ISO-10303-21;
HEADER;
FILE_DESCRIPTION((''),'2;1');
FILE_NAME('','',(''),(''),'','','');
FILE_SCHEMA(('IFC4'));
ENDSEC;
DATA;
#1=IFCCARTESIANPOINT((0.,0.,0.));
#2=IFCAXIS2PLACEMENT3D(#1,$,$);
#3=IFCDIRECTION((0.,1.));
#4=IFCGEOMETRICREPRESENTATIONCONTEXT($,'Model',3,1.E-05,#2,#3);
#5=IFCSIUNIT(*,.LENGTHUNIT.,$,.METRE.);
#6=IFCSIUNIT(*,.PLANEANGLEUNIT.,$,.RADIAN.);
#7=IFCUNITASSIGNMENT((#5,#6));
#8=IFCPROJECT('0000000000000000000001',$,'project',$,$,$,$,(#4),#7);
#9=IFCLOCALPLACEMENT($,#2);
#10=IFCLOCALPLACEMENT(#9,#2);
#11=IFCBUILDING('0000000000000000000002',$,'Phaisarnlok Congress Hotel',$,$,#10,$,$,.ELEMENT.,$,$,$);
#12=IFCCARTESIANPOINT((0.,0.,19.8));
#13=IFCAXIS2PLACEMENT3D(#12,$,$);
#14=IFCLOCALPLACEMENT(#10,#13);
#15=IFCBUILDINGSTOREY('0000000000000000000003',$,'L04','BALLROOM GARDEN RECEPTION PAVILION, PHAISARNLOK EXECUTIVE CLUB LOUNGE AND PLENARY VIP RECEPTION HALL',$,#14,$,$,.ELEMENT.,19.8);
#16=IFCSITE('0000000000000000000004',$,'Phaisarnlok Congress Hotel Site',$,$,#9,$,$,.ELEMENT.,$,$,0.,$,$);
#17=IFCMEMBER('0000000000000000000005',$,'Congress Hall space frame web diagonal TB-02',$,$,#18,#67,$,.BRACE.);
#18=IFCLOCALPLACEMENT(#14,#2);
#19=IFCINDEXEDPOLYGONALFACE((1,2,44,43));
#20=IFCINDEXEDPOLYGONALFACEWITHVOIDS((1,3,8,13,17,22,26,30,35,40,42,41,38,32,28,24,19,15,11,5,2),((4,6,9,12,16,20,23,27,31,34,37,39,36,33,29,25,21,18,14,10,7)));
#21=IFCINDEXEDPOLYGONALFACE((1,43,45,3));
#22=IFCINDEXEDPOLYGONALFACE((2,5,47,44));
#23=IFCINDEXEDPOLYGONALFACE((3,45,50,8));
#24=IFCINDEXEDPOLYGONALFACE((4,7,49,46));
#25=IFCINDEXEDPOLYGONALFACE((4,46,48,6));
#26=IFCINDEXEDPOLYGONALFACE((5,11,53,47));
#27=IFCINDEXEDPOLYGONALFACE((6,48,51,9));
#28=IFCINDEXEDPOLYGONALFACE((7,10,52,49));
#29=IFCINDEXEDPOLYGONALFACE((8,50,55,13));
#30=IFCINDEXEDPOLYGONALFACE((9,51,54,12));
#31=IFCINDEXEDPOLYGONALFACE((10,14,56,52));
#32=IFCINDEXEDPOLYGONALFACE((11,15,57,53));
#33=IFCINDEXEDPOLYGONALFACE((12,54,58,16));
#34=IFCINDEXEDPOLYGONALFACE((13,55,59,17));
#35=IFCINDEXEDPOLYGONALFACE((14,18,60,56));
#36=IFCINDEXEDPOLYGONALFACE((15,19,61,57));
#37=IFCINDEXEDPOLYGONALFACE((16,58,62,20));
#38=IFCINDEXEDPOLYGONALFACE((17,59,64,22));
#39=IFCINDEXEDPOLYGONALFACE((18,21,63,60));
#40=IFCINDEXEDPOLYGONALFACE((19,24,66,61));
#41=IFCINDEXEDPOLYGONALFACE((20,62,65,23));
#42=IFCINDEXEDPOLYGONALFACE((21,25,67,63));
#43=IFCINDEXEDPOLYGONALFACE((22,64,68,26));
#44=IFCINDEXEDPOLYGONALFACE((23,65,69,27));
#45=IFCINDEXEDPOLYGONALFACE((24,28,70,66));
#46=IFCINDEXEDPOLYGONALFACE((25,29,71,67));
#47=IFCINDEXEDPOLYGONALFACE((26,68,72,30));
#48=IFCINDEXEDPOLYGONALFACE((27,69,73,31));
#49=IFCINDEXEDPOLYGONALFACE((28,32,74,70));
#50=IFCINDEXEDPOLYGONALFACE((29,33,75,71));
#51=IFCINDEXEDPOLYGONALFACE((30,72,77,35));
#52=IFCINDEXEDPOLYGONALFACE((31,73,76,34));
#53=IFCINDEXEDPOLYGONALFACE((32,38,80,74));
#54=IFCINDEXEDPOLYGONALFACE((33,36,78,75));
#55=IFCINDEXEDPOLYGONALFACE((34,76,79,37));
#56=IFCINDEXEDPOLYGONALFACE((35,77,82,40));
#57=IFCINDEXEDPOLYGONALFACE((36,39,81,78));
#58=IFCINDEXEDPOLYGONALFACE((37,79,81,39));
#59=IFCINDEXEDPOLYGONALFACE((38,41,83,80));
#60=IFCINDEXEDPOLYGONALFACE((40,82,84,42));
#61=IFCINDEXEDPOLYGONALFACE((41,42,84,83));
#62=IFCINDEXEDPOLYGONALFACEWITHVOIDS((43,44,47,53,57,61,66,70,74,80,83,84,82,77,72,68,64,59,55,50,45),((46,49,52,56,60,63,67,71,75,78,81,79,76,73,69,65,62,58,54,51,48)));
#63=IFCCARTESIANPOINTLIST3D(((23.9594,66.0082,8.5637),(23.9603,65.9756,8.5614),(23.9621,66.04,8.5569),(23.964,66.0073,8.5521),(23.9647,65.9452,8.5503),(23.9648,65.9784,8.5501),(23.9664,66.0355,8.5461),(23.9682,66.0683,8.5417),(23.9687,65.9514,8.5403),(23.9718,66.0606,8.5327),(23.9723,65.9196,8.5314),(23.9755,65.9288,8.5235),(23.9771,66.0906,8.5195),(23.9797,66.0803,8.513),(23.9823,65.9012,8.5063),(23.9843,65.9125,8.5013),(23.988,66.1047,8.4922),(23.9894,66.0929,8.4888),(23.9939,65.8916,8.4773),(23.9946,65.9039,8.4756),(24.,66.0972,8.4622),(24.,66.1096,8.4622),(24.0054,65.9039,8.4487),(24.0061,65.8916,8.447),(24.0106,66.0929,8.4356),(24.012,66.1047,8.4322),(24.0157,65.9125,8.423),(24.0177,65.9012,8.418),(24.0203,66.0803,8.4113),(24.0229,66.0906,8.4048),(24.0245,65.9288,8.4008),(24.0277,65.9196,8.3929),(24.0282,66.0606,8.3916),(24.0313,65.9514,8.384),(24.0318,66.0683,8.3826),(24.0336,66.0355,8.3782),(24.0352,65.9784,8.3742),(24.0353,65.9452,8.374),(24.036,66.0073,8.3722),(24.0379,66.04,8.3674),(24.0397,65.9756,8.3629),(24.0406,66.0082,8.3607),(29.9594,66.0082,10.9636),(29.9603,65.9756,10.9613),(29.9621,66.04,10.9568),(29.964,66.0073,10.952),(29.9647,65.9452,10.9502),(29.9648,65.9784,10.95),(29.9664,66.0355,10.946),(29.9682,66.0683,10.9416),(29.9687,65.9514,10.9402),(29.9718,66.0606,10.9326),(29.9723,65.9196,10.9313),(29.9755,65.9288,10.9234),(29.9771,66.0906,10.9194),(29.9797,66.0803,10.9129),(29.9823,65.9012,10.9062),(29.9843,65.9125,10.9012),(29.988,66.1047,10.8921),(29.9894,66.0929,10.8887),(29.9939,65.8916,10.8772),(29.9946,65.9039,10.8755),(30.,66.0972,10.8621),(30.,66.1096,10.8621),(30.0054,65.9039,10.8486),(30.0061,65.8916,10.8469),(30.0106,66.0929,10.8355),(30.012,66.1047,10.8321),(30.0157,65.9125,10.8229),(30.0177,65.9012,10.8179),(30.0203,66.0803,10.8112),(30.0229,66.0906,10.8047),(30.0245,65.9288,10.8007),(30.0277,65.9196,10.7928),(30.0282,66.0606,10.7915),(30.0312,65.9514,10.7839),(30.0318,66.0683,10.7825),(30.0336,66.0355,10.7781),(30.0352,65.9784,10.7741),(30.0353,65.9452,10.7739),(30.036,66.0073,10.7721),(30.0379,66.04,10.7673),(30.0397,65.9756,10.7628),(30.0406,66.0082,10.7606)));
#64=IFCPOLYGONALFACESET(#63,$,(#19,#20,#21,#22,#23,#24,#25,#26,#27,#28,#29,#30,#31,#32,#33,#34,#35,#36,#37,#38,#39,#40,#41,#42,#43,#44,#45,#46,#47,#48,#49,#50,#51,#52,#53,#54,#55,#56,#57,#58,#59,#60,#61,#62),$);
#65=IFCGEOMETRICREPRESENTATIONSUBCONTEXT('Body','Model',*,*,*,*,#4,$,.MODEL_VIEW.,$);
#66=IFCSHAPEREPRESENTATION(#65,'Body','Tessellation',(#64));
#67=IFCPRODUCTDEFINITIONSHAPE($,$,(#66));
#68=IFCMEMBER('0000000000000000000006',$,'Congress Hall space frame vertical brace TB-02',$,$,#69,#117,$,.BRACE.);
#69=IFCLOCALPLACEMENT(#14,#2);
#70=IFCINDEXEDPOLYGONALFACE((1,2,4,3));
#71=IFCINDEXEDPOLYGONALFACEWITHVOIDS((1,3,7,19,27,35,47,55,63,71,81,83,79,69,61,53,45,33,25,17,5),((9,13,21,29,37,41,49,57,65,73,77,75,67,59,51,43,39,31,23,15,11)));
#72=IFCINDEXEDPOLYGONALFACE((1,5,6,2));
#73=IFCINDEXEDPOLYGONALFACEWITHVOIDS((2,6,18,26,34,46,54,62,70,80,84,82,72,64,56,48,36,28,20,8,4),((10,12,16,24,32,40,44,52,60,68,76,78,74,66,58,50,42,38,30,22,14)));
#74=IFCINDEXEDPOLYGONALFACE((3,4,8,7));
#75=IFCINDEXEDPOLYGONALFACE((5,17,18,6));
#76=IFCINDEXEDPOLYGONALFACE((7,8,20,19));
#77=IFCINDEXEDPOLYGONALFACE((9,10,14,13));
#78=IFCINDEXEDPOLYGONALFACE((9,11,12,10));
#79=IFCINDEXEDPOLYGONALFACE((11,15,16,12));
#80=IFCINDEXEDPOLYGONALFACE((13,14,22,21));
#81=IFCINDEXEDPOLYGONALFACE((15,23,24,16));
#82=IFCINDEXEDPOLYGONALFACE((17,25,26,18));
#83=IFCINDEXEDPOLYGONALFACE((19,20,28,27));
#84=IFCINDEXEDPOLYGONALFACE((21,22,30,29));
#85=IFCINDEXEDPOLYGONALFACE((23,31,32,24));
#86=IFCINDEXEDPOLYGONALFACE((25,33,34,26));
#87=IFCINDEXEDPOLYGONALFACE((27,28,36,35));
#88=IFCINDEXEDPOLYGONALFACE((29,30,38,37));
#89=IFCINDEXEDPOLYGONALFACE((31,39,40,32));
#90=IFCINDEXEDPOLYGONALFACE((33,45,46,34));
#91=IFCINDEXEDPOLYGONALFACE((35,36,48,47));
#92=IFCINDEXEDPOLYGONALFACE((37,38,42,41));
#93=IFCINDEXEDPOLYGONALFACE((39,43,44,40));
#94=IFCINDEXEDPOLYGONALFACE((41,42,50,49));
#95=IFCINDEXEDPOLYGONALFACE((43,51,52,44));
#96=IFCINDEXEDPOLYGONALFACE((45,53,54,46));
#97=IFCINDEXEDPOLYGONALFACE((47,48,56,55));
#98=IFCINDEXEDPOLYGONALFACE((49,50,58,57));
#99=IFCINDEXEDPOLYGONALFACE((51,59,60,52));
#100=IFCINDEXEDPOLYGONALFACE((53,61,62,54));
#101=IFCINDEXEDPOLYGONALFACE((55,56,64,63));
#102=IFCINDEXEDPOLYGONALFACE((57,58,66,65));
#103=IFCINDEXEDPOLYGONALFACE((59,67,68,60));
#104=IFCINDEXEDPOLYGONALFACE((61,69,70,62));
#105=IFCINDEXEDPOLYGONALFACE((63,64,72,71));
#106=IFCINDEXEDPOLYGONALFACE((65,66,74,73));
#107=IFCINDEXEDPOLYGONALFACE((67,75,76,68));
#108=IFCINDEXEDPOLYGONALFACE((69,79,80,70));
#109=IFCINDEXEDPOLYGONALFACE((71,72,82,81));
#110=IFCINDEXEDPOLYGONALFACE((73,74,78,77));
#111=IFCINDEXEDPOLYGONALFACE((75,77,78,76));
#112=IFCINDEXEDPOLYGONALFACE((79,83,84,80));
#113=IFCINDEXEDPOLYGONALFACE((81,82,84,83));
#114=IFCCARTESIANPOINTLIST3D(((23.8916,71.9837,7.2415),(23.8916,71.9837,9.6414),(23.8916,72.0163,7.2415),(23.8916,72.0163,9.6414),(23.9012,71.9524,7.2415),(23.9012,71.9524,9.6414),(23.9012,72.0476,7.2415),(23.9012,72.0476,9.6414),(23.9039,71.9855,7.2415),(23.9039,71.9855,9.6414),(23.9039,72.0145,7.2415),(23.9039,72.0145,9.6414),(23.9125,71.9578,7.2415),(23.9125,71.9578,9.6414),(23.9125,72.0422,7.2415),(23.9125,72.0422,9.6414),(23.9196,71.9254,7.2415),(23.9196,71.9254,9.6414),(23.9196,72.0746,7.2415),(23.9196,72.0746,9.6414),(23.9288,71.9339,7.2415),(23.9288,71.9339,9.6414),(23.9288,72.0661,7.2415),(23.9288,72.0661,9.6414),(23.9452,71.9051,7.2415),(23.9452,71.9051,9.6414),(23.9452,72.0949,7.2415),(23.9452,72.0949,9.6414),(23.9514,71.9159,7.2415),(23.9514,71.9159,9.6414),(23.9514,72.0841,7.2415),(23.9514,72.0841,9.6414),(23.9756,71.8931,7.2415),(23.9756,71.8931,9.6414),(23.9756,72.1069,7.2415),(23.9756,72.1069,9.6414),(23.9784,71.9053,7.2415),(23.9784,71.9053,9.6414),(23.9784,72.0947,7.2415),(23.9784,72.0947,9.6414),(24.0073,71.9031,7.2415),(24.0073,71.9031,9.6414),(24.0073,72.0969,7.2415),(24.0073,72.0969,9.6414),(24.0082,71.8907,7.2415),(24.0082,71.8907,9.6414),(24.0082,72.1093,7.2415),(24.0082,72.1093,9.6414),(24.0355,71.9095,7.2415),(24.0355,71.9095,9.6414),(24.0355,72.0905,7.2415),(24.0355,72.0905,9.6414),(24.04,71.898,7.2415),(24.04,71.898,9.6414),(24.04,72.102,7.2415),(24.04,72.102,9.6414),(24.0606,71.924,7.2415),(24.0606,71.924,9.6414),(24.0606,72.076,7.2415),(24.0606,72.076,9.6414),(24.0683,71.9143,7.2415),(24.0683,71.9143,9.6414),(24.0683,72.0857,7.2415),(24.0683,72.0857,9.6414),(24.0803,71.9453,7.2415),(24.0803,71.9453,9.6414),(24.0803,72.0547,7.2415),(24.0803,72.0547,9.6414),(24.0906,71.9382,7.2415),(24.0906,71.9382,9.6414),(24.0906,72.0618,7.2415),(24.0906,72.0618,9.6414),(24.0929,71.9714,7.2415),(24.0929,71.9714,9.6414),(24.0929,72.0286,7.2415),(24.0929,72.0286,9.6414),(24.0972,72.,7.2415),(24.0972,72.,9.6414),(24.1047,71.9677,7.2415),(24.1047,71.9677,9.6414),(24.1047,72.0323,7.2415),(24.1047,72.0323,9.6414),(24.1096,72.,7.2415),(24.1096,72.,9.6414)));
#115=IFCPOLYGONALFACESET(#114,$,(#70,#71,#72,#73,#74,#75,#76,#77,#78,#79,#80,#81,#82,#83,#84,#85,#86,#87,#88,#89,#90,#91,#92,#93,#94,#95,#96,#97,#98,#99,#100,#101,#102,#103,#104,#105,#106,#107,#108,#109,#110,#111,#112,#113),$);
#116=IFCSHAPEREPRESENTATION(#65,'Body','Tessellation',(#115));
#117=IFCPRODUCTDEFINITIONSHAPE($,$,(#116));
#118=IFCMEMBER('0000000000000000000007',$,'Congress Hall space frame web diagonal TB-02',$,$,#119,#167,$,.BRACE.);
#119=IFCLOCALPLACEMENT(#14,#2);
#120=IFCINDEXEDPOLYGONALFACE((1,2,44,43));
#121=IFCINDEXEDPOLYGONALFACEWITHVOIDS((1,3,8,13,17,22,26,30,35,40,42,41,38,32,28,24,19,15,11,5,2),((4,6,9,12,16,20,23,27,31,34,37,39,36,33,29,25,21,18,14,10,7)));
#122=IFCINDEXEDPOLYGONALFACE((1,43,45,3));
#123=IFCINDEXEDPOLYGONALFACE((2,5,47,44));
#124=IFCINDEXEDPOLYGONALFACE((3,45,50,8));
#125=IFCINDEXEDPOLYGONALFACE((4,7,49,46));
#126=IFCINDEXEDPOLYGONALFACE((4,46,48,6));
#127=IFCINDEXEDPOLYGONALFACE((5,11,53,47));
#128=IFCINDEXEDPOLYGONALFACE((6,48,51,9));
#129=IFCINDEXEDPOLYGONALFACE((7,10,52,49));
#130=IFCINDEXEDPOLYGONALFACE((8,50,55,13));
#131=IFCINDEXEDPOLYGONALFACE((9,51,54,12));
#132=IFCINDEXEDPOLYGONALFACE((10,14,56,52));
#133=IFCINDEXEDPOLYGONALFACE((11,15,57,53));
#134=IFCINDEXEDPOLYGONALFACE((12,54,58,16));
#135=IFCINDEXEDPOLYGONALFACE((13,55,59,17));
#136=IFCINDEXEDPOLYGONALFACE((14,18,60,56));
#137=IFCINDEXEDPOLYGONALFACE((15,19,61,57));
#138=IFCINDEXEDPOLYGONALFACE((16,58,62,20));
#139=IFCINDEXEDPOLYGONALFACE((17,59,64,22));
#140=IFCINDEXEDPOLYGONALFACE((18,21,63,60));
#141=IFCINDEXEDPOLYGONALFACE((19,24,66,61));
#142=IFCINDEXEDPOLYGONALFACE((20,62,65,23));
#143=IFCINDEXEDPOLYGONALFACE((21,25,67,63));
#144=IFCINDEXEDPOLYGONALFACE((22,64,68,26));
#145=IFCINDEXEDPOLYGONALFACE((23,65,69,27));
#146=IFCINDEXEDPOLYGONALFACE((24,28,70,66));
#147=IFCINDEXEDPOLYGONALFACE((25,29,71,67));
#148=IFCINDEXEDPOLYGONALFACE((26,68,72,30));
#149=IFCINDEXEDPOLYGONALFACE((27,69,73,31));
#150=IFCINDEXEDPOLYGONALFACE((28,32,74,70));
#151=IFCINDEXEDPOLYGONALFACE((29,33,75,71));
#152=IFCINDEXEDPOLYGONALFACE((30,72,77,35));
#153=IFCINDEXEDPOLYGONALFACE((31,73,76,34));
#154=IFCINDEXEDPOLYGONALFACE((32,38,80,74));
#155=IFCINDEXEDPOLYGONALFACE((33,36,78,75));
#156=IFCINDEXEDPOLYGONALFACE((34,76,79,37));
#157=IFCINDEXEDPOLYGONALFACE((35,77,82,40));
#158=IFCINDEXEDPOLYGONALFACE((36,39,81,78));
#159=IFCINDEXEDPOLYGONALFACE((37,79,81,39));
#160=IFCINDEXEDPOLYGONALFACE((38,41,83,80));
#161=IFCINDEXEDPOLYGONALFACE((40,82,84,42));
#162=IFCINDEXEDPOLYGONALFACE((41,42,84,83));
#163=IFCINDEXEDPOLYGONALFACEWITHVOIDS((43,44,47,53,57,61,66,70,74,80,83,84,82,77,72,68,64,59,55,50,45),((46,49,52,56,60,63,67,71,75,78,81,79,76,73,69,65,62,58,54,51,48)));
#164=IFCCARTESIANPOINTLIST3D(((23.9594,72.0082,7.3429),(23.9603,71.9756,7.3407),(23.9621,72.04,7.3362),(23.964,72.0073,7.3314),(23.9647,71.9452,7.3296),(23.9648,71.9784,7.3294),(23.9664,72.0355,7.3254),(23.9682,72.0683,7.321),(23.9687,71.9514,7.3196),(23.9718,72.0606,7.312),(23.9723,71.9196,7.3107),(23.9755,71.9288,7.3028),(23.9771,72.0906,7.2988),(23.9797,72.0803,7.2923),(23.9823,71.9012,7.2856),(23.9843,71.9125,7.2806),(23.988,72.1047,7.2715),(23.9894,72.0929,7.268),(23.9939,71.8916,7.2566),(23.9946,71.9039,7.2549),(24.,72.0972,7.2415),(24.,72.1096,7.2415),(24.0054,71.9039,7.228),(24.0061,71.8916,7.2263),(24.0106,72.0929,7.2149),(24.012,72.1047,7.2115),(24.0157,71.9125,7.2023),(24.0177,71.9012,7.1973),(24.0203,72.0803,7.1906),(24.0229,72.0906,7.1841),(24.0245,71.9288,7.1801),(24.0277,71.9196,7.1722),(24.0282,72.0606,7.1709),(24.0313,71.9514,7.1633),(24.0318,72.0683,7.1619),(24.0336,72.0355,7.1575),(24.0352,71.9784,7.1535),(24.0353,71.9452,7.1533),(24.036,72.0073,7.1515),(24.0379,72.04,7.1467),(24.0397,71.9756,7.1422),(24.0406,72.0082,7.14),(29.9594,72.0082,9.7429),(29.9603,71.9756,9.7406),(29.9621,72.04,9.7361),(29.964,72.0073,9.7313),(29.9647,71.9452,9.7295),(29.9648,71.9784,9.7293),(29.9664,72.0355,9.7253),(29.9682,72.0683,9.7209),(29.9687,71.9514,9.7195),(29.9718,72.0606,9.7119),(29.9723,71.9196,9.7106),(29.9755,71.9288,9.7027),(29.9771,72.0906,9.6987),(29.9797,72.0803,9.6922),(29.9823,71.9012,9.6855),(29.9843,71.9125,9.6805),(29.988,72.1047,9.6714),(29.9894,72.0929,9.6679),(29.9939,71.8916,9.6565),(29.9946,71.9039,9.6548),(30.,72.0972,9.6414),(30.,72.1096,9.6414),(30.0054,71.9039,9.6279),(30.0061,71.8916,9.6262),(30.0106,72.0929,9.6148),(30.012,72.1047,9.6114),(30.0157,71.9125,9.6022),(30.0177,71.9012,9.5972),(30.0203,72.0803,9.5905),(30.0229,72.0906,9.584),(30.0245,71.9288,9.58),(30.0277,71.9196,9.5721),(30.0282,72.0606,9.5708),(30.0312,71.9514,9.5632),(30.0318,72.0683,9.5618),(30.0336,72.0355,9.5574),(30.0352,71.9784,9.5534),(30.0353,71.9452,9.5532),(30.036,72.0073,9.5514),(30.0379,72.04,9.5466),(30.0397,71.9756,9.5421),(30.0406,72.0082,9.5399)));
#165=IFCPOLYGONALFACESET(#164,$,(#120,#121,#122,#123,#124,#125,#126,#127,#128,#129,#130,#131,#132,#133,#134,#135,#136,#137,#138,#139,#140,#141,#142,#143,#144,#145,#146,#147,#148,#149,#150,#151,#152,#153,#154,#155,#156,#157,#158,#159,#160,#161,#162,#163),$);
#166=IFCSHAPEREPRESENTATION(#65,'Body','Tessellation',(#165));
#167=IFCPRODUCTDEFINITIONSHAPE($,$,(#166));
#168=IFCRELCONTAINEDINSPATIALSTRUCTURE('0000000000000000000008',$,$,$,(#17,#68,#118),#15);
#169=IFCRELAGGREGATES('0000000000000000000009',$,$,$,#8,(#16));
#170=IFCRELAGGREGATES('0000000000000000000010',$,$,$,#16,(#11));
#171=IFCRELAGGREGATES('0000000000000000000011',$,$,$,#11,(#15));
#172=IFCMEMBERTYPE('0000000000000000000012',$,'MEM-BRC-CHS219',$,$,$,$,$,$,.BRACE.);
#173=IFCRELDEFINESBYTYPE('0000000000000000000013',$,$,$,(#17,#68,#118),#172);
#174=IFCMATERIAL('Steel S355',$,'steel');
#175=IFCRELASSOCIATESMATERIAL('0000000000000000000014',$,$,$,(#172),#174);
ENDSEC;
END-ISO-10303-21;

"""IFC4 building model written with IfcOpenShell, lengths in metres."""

from ifc_helpers import new_model, si_unit, direction, frame, origin, origin_2d, place, context, subcontext, project, spatial, hollow_circle, extrude, material, material_profile, profile_set, type_object, element, save


model = new_model("IFC4")

# Units and contexts
model_context = context("Model", 3, precision=1e-05, world=origin(), true_north=direction((0.0, 1.0)))
body_context = subcontext(model_context, "Body", "Model", "MODEL_VIEW")
ifc_project = project(units=[si_unit("LENGTHUNIT", "METRE"), si_unit("PLANEANGLEUNIT", "RADIAN")], contexts=[model_context])

# Site, building, storey
site_placement = place(None, origin())
site = spatial("IfcSite", under=ifc_project, at=site_placement, Name="Phaisarnlok Congress Hotel Site", CompositionType="ELEMENT", RefElevation=0.0)
building_placement = place(site_placement, origin())
building = spatial("IfcBuilding", under=site, at=building_placement, Name="Phaisarnlok Congress Hotel", CompositionType="ELEMENT")
storey_placement = place(building_placement, frame((0.0, 0.0, 19.8)))
storey = spatial("IfcBuildingStorey", under=building, at=storey_placement, Name="L04", Description="BALLROOM GARDEN RECEPTION PAVILION, PHAISARNLOK EXECUTIVE CLUB LOUNGE AND PLENARY VIP RECEPTION HALL", CompositionType="ELEMENT", Elevation=19.8)

# Members
ifc_material = material(Name="Steel S355", Category="steel")
ifc_material_profile_1 = material_profile(ifc_material, hollow_circle(Radius=0.1096, WallThickness=0.0125, at=origin_2d()), Name="CHS 219.1x12.5")
ifc_profile_set_1 = profile_set([ifc_material_profile_1], Name="Steel S355")
member_type_1 = type_object("IfcMemberType", Name="MEM-BRC-CHS219", PredefinedType="BRACE", material=ifc_profile_set_1)
member_1_placement = place(storey_placement, frame((24.0, 66.0, 8.4622), z_axis=(0.928482, 0.0, 0.371378), x_axis=(0.0, 1.0, 0.0)))
element("IfcMember", 1, at=member_1_placement, inside=storey, type_object=member_type_1, Name="Congress Hall space frame web diagonal TB-02", PredefinedType="BRACE", context=body_context, shape_type="SweptSolid", body=[
    extrude(hollow_circle(Radius=0.1096, WallThickness=0.0125, at=origin_2d()), origin(), (0.0, 0.0, 1.0), 6.4622),
])
member_2_placement = place(storey_placement, frame((24.0, 72.0, 7.2415), z_axis=(0.0, 0.0, 1.0), x_axis=(1.0, 0.0, 0.0)))
element("IfcMember", 2, at=member_2_placement, inside=storey, type_object=member_type_1, Name="Congress Hall space frame vertical brace TB-02", PredefinedType="BRACE", context=body_context, shape_type="SweptSolid", body=[
    extrude(hollow_circle(Radius=0.1096, WallThickness=0.0125, at=origin_2d()), origin(), (0.0, 0.0, 1.0), 2.3999),
])
member_3_placement = place(storey_placement, frame((24.0, 72.0, 7.2415), z_axis=(0.928482, 0.0, 0.371378), x_axis=(0.0, 1.0, 0.0)))
element("IfcMember", 3, at=member_3_placement, inside=storey, type_object=member_type_1, Name="Congress Hall space frame web diagonal TB-02", PredefinedType="BRACE", context=body_context, shape_type="SweptSolid", body=[
    extrude(hollow_circle(Radius=0.1096, WallThickness=0.0125, at=origin_2d()), origin(), (0.0, 0.0, 1.0), 6.4622),
])

save(model, "model.ifc")
